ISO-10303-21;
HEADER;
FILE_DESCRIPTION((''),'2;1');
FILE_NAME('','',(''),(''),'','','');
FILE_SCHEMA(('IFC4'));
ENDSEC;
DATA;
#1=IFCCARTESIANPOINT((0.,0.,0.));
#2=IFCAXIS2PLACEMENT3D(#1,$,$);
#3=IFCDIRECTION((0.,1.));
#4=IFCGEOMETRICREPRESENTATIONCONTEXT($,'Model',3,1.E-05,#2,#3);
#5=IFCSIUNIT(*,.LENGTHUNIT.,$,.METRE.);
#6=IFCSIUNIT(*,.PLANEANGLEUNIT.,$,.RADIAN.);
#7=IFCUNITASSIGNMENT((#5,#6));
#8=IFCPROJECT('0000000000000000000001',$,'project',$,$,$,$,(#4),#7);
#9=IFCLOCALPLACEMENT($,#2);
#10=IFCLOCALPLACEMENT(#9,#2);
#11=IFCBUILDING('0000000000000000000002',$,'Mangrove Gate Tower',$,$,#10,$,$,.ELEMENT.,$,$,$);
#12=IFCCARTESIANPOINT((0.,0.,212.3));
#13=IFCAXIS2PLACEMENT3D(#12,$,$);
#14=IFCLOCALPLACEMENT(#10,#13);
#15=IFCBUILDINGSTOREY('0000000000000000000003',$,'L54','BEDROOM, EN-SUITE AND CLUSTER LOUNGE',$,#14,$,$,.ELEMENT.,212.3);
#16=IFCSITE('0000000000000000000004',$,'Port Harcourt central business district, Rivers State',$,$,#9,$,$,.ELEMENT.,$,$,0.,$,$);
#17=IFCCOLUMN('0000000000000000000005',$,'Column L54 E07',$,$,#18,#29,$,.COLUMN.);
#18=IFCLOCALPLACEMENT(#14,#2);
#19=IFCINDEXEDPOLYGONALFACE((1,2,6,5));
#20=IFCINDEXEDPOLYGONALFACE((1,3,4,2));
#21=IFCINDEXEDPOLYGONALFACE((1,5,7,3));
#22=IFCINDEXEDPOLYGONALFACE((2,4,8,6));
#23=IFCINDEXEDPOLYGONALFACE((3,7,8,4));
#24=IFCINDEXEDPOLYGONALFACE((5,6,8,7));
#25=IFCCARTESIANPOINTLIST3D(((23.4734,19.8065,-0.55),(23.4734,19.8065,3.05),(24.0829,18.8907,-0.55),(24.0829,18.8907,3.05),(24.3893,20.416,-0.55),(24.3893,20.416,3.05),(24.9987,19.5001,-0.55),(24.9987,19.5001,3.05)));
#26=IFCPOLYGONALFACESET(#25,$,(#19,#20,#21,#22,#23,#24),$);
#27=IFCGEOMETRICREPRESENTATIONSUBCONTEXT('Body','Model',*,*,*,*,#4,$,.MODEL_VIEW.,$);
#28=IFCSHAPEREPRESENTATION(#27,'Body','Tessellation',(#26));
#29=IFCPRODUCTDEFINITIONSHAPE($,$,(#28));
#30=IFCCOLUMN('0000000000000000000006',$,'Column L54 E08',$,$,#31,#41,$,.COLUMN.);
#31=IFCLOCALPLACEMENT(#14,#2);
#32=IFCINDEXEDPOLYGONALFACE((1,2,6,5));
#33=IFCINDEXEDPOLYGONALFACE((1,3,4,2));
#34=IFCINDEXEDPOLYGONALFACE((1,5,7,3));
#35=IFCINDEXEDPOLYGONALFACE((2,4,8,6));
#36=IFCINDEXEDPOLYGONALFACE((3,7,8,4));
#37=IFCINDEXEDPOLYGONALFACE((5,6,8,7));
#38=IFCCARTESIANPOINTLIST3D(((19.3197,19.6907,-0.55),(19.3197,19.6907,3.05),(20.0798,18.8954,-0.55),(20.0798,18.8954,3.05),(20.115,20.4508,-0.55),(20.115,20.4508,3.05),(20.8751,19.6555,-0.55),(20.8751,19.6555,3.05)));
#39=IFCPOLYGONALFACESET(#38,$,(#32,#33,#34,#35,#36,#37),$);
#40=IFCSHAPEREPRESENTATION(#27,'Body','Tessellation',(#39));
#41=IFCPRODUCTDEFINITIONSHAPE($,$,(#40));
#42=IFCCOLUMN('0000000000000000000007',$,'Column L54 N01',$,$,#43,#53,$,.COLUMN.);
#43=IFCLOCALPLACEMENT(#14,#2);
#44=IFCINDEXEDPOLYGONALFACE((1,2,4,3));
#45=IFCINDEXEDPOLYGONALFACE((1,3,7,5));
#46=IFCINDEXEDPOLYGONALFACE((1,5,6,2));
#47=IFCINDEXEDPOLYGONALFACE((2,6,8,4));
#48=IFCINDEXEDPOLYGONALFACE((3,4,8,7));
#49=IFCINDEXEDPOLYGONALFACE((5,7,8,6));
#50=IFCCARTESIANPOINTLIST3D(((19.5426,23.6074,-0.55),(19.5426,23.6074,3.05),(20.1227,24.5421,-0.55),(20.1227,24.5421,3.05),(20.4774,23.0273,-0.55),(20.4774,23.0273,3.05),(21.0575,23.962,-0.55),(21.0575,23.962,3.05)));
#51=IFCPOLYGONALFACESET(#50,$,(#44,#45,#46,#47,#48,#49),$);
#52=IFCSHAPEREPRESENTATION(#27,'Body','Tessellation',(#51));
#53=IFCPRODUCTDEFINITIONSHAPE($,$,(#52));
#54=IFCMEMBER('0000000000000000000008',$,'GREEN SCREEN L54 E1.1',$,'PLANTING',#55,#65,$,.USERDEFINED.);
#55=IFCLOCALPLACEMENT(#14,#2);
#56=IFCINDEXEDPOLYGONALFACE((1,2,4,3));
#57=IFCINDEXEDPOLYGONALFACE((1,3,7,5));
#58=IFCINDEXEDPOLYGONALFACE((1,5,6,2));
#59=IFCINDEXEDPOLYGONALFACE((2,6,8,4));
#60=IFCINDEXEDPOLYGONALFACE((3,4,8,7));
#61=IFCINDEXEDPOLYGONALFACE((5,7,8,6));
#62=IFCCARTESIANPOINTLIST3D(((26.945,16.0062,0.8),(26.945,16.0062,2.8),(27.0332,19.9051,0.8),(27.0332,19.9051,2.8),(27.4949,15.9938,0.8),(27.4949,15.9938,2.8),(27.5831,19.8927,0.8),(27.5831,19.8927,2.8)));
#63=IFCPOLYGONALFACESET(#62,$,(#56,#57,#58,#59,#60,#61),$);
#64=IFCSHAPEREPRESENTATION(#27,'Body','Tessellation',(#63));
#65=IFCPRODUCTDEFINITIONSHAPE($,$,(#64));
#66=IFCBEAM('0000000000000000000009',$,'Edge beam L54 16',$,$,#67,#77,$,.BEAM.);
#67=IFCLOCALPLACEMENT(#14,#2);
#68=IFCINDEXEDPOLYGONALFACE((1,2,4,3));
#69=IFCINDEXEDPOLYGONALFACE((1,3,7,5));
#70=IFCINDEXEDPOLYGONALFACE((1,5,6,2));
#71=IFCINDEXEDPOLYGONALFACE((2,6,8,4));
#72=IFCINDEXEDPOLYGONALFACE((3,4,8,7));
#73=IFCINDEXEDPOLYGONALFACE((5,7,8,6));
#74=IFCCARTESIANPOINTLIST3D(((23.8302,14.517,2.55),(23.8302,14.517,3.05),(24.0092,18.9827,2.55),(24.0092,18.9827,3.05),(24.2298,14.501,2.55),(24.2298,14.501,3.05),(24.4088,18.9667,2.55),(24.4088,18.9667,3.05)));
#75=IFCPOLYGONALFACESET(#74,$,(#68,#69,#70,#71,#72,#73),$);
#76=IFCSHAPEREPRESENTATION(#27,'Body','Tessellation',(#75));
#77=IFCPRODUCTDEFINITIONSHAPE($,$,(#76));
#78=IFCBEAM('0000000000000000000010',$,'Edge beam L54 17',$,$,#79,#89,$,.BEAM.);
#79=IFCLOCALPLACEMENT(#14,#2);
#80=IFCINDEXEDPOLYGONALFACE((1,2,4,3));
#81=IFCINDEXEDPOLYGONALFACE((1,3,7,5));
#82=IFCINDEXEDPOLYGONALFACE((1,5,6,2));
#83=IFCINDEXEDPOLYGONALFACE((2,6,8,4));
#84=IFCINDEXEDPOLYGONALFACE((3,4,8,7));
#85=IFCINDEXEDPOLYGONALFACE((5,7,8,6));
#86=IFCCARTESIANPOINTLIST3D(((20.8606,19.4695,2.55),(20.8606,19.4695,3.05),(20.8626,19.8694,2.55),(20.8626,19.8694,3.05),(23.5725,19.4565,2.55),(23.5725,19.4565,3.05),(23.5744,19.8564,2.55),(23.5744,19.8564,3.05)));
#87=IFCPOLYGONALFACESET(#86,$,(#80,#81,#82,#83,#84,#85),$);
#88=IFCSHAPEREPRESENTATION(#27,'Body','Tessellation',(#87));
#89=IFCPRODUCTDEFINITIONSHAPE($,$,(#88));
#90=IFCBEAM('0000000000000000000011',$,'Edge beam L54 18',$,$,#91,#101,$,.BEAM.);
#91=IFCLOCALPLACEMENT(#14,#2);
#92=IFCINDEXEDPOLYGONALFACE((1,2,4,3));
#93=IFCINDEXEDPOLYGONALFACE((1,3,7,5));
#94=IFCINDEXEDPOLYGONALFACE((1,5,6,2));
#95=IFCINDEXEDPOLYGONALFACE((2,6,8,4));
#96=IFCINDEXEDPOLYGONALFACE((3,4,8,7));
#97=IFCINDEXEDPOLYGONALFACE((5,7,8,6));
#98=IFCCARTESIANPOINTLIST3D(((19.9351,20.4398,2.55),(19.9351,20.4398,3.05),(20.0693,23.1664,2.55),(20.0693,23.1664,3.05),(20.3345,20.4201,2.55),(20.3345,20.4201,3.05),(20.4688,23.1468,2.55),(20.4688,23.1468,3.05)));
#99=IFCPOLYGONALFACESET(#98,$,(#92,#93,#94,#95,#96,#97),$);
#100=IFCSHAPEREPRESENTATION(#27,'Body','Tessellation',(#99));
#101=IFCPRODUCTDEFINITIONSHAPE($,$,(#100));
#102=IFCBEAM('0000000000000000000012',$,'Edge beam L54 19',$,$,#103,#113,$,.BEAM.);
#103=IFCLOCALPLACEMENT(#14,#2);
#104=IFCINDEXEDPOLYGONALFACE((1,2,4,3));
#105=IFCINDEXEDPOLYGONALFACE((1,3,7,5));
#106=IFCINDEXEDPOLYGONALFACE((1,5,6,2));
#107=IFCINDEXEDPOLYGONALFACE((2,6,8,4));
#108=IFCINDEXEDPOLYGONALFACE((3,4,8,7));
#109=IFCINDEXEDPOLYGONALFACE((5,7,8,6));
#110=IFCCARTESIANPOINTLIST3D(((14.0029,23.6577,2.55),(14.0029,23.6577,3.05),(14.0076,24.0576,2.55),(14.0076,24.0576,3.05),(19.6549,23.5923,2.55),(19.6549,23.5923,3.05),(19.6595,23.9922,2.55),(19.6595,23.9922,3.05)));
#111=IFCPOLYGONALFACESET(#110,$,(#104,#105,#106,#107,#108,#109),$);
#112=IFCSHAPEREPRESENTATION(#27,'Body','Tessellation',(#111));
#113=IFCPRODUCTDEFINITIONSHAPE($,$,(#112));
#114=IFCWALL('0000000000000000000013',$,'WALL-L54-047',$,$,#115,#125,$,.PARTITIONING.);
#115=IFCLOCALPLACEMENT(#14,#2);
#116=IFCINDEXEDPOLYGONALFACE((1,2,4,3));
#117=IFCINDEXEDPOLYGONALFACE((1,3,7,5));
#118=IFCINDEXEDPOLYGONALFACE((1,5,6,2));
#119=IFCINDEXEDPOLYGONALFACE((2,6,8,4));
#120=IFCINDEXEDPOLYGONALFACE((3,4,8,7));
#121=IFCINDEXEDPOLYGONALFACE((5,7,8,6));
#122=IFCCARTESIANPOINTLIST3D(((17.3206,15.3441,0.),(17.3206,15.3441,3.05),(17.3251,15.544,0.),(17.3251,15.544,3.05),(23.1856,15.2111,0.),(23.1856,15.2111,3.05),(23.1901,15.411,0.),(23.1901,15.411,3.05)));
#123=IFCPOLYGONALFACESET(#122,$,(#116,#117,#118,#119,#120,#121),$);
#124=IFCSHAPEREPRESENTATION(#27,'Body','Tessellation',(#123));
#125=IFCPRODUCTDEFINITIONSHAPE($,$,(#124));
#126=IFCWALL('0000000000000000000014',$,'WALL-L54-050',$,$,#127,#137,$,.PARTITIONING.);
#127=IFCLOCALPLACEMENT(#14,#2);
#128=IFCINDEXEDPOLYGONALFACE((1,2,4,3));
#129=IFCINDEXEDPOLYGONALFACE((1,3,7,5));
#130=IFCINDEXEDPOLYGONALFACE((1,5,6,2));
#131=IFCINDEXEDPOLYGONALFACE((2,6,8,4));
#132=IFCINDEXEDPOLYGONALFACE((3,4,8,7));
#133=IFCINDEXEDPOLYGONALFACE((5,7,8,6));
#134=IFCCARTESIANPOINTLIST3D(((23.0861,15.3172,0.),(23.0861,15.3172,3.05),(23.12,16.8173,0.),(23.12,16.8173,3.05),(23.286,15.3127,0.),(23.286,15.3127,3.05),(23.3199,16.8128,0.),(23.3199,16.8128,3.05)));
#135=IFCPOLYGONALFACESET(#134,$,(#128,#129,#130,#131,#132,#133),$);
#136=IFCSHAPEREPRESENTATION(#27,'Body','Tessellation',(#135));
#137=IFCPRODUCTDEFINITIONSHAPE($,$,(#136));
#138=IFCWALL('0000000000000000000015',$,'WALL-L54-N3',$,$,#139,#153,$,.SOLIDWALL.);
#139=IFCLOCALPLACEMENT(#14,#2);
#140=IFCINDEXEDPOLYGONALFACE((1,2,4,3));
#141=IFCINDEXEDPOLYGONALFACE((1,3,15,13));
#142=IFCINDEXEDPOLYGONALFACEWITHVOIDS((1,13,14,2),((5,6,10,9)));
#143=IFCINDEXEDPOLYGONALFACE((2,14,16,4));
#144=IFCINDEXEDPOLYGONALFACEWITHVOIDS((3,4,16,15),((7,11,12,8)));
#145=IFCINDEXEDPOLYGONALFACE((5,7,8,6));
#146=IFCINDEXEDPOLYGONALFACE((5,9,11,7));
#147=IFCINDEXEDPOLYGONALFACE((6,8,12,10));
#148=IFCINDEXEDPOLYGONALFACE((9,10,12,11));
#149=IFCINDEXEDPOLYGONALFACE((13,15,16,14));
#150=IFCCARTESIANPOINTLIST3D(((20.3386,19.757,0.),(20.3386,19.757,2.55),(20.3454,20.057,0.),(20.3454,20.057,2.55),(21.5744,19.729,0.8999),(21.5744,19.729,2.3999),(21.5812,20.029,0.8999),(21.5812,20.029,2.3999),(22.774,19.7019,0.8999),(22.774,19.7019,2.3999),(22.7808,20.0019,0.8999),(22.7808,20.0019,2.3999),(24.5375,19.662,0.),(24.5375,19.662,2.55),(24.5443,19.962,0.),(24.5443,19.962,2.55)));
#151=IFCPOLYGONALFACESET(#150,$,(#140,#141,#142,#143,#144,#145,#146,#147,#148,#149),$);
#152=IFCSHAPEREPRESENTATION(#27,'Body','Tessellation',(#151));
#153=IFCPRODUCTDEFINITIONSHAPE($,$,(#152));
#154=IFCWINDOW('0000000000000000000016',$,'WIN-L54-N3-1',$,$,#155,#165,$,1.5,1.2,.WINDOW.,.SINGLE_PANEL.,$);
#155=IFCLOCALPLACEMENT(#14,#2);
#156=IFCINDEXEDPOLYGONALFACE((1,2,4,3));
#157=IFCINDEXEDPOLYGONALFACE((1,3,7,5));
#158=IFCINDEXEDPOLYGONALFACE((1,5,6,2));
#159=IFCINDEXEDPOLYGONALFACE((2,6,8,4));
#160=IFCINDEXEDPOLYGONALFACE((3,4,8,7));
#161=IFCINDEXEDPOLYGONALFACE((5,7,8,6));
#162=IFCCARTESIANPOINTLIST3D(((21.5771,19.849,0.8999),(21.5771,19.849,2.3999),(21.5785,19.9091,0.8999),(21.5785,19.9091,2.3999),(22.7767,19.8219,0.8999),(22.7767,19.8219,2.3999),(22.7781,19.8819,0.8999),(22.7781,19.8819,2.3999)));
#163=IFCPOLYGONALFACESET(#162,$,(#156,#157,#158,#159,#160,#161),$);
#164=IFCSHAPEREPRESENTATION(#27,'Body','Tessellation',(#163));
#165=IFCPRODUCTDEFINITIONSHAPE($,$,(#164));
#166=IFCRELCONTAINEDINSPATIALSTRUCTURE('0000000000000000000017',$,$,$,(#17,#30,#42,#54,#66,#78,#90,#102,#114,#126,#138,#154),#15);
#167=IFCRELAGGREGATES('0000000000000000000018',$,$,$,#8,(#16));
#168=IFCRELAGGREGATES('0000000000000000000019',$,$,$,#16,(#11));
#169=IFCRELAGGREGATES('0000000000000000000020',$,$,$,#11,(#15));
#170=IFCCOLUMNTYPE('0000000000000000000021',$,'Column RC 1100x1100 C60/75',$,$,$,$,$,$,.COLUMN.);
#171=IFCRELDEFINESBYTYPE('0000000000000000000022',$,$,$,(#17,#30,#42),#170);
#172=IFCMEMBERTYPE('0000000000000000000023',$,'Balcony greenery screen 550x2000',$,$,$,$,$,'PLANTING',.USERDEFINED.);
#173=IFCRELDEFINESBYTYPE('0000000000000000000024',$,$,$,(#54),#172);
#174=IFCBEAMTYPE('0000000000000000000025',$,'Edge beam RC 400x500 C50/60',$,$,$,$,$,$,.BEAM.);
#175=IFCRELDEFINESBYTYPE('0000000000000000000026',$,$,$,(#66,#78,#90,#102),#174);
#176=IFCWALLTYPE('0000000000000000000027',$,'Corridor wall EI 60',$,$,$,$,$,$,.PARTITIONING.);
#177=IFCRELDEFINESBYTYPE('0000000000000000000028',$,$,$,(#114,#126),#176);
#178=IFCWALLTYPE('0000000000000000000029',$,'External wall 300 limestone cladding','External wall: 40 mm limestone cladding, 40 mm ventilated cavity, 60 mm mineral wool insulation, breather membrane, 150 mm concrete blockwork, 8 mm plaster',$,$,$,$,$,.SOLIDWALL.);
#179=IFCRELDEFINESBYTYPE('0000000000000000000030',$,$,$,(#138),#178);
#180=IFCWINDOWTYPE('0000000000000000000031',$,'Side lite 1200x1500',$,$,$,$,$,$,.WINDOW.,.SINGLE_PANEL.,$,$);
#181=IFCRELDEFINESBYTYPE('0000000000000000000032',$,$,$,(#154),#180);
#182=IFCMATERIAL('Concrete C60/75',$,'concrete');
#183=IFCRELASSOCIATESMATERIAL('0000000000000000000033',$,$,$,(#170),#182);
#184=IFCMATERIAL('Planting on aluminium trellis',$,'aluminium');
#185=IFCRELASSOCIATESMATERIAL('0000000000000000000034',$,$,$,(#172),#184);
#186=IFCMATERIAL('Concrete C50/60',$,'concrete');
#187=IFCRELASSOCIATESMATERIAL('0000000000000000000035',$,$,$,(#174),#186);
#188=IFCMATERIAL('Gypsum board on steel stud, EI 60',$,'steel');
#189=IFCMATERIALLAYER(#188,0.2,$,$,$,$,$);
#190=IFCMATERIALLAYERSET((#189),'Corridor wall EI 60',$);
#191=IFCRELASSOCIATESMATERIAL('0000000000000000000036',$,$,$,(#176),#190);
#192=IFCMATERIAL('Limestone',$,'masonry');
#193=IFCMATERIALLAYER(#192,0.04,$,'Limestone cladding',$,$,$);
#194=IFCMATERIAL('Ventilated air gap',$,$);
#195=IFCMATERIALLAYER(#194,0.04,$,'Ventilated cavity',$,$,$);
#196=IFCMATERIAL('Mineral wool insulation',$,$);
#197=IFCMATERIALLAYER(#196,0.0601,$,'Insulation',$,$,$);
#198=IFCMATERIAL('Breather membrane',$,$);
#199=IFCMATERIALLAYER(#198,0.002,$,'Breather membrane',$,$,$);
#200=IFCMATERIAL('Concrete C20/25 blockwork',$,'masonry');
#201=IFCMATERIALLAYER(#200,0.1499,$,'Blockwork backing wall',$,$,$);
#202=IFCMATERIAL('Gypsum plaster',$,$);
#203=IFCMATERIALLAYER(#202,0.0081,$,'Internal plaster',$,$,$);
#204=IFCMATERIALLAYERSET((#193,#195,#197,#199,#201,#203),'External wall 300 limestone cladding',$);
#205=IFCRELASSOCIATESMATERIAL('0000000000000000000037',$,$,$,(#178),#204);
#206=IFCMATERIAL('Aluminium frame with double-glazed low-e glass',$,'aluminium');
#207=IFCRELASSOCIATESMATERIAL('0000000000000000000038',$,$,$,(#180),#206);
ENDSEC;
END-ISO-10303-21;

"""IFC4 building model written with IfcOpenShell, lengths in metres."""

from ifc_helpers import new_model, si_unit, direction, frame, frame_2d, origin, origin_2d, place, context, subcontext, project, spatial, rectangle, extrude, material, layer, layer_set, material_profile, profile_set, type_object, element, fill, save


model = new_model("IFC4")

# Units and contexts
model_context = context("Model", 3, precision=1e-05, world=origin(), true_north=direction((0.0, 1.0)))
body_context = subcontext(model_context, "Body", "Model", "MODEL_VIEW")
ifc_project = project(units=[si_unit("LENGTHUNIT", "METRE"), si_unit("PLANEANGLEUNIT", "RADIAN")], contexts=[model_context])

# Site, building, storey
site_placement = place(None, origin())
site = spatial("IfcSite", under=ifc_project, at=site_placement, Name="Port Harcourt central business district, Rivers State", CompositionType="ELEMENT", RefElevation=0.0)
building_placement = place(site_placement, origin())
building = spatial("IfcBuilding", under=site, at=building_placement, Name="Mangrove Gate Tower", CompositionType="ELEMENT")
storey_placement = place(building_placement, frame((0.0, 0.0, 212.3)))
storey = spatial("IfcBuildingStorey", under=building, at=storey_placement, Name="L54", Description="BEDROOM, EN-SUITE AND CLUSTER LOUNGE", CompositionType="ELEMENT", Elevation=212.3)

# Columns
ifc_material_1 = material(Name="Concrete C60/75", Category="concrete")
ifc_material_profile_1 = material_profile(ifc_material_1, rectangle(XDim=1.1001, YDim=1.1001, at=origin_2d()))
ifc_profile_set_1 = profile_set([ifc_material_profile_1], Name="Concrete C60/75")
column_type = type_object("IfcColumnType", Name="Column RC 1100x1100 C60/75", PredefinedType="COLUMN", material=ifc_profile_set_1)
for number, where, z_axis, x_axis, name in (
    (1, (24.2361, 19.6533, -0.55), (0.0, 0.0, 1.0), (-0.553976, 0.832532, 0.0), "Column L54 E07"),
    (2, (20.0974, 19.6731, -0.55), (0.0, 0.0, 1.0), (-0.690932, 0.72292, 0.0), "Column L54 E08"),
    (3, (20.3, 23.7847, -0.55), (0.0, 0.0, 1.0), (-0.849672, 0.527312, 0.0), "Column L54 N01"),
):
    element("IfcColumn", number, at=place(storey_placement, frame(where, z_axis=z_axis, x_axis=x_axis)), inside=storey, type_object=column_type, Name=name, PredefinedType="COLUMN", context=body_context, shape_type="SweptSolid", body=[
        extrude(rectangle(XDim=1.1001, YDim=1.1001, at=origin_2d()), origin(), (0.0, 0.0, 1.0), 3.6001),
    ])

# Member
ifc_material_2 = material(Name="Planting on aluminium trellis", Category="aluminium")
ifc_material_profile_2 = material_profile(ifc_material_2, rectangle(XDim=0.55, YDim=2.0, at=origin_2d()))
ifc_profile_set_2 = profile_set([ifc_material_profile_2], Name="Planting on aluminium trellis")
member_type = type_object("IfcMemberType", Name="Balcony greenery screen 550x2000", ElementType="PLANTING", PredefinedType="USERDEFINED", material=ifc_profile_set_2)
member_placement = place(storey_placement, frame((27.22, 16.0, 1.8), z_axis=(0.022599, 0.999745, 0.0), x_axis=(-0.999745, 0.022599, 0.0)))
element("IfcMember", 4, at=member_placement, inside=storey, type_object=member_type, Name="GREEN SCREEN L54 E1.1", ObjectType="PLANTING", PredefinedType="USERDEFINED", context=body_context, shape_type="SweptSolid", body=[
    extrude(rectangle(XDim=0.55, YDim=2.0, at=origin_2d()), origin(), (0.0, 0.0, 1.0), 3.8999),
])

# Beams
ifc_material_3 = material(Name="Concrete C50/60", Category="concrete")
ifc_material_profile_3 = material_profile(ifc_material_3, rectangle(XDim=0.3999, YDim=0.5, at=origin_2d()))
ifc_profile_set_3 = profile_set([ifc_material_profile_3], Name="Concrete C50/60")
beam_type = type_object("IfcBeamType", Name="Edge beam RC 400x500 C50/60", PredefinedType="BEAM", material=ifc_profile_set_3)
beam_1_placement = place(storey_placement, frame((24.03, 14.509, 2.8), z_axis=(0.040042, 0.999198, 0.0), x_axis=(-0.999198, 0.040042, 0.0)))
element("IfcBeam", 5, at=beam_1_placement, inside=storey, type_object=beam_type, Name="Edge beam L54 16", PredefinedType="BEAM", context=body_context, shape_type="SweptSolid", body=[
    extrude(rectangle(XDim=0.3999, YDim=0.5, at=origin_2d()), origin(), (0.0, 0.0, 1.0), 4.4692),
])
beam_2_placement = place(storey_placement, frame((23.5735, 19.6565, 2.8), z_axis=(-0.999989, 0.004771, 0.0), x_axis=(-0.004771, -0.999989, 0.0)))
element("IfcBeam", 6, at=beam_2_placement, inside=storey, type_object=beam_type, Name="Edge beam L54 17", PredefinedType="BEAM", context=body_context, shape_type="SweptSolid", body=[
    extrude(rectangle(XDim=0.3999, YDim=0.5, at=origin_2d()), origin(), (0.0, 0.0, 1.0), 2.7119),
])
beam_3_placement = place(storey_placement, frame((20.1348, 20.4299, 2.8), z_axis=(0.049188, 0.99879, 0.0), x_axis=(-0.99879, 0.049188, 0.0)))
element("IfcBeam", 7, at=beam_3_placement, inside=storey, type_object=beam_type, Name="Edge beam L54 18", PredefinedType="BEAM", context=body_context, shape_type="SweptSolid", body=[
    extrude(rectangle(XDim=0.3999, YDim=0.5, at=origin_2d()), origin(), (0.0, 0.0, 1.0), 2.73),
])
beam_4_placement = place(storey_placement, frame((19.6572, 23.7922, 2.8), z_axis=(-0.999933, 0.011576, 0.0), x_axis=(-0.011576, -0.999933, 0.0)))
element("IfcBeam", 8, at=beam_4_placement, inside=storey, type_object=beam_type, Name="Edge beam L54 19", PredefinedType="BEAM", context=body_context, shape_type="SweptSolid", body=[
    extrude(rectangle(XDim=0.3999, YDim=0.5, at=origin_2d()), origin(), (0.0, 0.0, 1.0), 5.6523),
])

# Walls
ifc_material_4 = material(Name="Gypsum board on steel stud, EI 60", Category="steel")
ifc_layer_1 = layer(ifc_material_4, 0.2)
ifc_layer_set_1 = layer_set([ifc_layer_1], Name="Corridor wall EI 60")
wall_type_1 = type_object("IfcWallType", Name="Corridor wall EI 60", PredefinedType="PARTITIONING", material=ifc_layer_set_1)
wall_1_placement = place(storey_placement, frame((17.323, 15.4441, 0.0), z_axis=(0.0, 0.0, 1.0), x_axis=(0.999743, -0.022681, 0.0)))
element("IfcWall", 9, at=wall_1_placement, inside=storey, type_object=wall_type_1, Name="WALL-L54-047", PredefinedType="PARTITIONING", context=body_context, shape_type="SweptSolid", body=[
    extrude(rectangle(XDim=5.8665, YDim=0.2, at=frame_2d((2.9331, 0.0))), origin(), (0.0, 0.0, 1.0), 3.05),
])
wall_2_placement = place(storey_placement, frame((23.186, 15.3149, 0.0), z_axis=(0.0, 0.0, 1.0), x_axis=(0.022618, 0.999744, 0.0)))
element("IfcWall", 10, at=wall_2_placement, inside=storey, type_object=wall_type_1, Name="WALL-L54-050", PredefinedType="PARTITIONING", context=body_context, shape_type="SweptSolid", body=[
    extrude(rectangle(XDim=1.5005, YDim=0.2, at=frame_2d((0.7502, 0.0))), origin(), (0.0, 0.0, 1.0), 3.05),
])

# Wall, opening, window
ifc_material_5 = material(Name="Limestone", Category="masonry")
ifc_layer_2 = layer(ifc_material_5, 0.04, Name="Limestone cladding")
ifc_material_6 = material(Name="Ventilated air gap")
ifc_layer_3 = layer(ifc_material_6, 0.04, Name="Ventilated cavity")
ifc_material_7 = material(Name="Mineral wool insulation")
ifc_layer_4 = layer(ifc_material_7, 0.0601, Name="Insulation")
ifc_material_8 = material(Name="Breather membrane")
ifc_layer_5 = layer(ifc_material_8, 0.002, Name="Breather membrane")
ifc_material_9 = material(Name="Concrete C20/25 blockwork", Category="masonry")
ifc_layer_6 = layer(ifc_material_9, 0.1499, Name="Blockwork backing wall")
ifc_material_10 = material(Name="Gypsum plaster")
ifc_layer_7 = layer(ifc_material_10, 0.0081, Name="Internal plaster")
ifc_layer_set_2 = layer_set([ifc_layer_2, ifc_layer_3, ifc_layer_4, ifc_layer_5, ifc_layer_6, ifc_layer_7], Name="External wall 300 limestone cladding")
wall_type_2 = type_object("IfcWallType", Name="External wall 300 limestone cladding", Description="External wall: 40 mm limestone cladding, 40 mm ventilated cavity, 60 mm mineral wool insulation, breather membrane, 150 mm concrete blockwork, 8 mm plaster", PredefinedType="SOLIDWALL", material=ifc_layer_set_2)
wall_3_placement = place(storey_placement, frame((24.541, 19.812, 0.0), z_axis=(0.0, 0.0, 1.0), x_axis=(-0.999744, 0.022612, 0.0)))
wall_3 = element("IfcWall", 11, at=wall_3_placement, inside=storey, type_object=wall_type_2, Name="WALL-L54-N3", PredefinedType="SOLIDWALL", context=body_context, shape_type="SweptSolid", body=[
    extrude(rectangle(XDim=4.2, YDim=0.3, at=frame_2d((2.1001, 0.0))), origin(), (0.0, 0.0, 1.0), 2.55),
])
opening_1_placement = place(wall_3_placement, frame((1.7639, 0.0, 0.8999)))
opening_1 = element("IfcOpeningElement", 12, at=opening_1_placement, cuts=wall_3, PredefinedType="OPENING", context=body_context, shape_type="SweptSolid", body=[
    extrude(rectangle(XDim=1.2, YDim=1.5, at=frame_2d((0.6001, 0.75))), frame((0.0, 0.1599, 0.0), z_axis=(0.0, -1.0, 0.0), x_axis=(1.0, 0.0, 0.0)), (0.0, 0.0, 1.0), 0.3201),
])
ifc_material_11 = material(Name="Aluminium frame with double-glazed low-e glass", Category="aluminium")
window_type_1 = type_object("IfcWindowType", Name="Side lite 1200x1500", PartitioningType="SINGLE_PANEL", PredefinedType="WINDOW", material=ifc_material_11)
window_1_placement = place(opening_1_placement, origin())
window_1 = element("IfcWindow", 13, at=window_1_placement, inside=storey, type_object=window_type_1, Name="WIN-L54-N3-1", OverallHeight=1.5, OverallWidth=1.2, PartitioningType="SINGLE_PANEL", PredefinedType="WINDOW", context=body_context, shape_type="SweptSolid", body=[
    extrude(rectangle(XDim=1.2, YDim=1.5, at=frame_2d((0.6001, 0.75))), frame((0.0, 0.03, 0.0), z_axis=(0.0, -1.0, 0.0), x_axis=(1.0, 0.0, 0.0)), (0.0, 0.0, 1.0), 0.0601),
])
fill(opening_1, window_1)

save(model, "model.ifc")
